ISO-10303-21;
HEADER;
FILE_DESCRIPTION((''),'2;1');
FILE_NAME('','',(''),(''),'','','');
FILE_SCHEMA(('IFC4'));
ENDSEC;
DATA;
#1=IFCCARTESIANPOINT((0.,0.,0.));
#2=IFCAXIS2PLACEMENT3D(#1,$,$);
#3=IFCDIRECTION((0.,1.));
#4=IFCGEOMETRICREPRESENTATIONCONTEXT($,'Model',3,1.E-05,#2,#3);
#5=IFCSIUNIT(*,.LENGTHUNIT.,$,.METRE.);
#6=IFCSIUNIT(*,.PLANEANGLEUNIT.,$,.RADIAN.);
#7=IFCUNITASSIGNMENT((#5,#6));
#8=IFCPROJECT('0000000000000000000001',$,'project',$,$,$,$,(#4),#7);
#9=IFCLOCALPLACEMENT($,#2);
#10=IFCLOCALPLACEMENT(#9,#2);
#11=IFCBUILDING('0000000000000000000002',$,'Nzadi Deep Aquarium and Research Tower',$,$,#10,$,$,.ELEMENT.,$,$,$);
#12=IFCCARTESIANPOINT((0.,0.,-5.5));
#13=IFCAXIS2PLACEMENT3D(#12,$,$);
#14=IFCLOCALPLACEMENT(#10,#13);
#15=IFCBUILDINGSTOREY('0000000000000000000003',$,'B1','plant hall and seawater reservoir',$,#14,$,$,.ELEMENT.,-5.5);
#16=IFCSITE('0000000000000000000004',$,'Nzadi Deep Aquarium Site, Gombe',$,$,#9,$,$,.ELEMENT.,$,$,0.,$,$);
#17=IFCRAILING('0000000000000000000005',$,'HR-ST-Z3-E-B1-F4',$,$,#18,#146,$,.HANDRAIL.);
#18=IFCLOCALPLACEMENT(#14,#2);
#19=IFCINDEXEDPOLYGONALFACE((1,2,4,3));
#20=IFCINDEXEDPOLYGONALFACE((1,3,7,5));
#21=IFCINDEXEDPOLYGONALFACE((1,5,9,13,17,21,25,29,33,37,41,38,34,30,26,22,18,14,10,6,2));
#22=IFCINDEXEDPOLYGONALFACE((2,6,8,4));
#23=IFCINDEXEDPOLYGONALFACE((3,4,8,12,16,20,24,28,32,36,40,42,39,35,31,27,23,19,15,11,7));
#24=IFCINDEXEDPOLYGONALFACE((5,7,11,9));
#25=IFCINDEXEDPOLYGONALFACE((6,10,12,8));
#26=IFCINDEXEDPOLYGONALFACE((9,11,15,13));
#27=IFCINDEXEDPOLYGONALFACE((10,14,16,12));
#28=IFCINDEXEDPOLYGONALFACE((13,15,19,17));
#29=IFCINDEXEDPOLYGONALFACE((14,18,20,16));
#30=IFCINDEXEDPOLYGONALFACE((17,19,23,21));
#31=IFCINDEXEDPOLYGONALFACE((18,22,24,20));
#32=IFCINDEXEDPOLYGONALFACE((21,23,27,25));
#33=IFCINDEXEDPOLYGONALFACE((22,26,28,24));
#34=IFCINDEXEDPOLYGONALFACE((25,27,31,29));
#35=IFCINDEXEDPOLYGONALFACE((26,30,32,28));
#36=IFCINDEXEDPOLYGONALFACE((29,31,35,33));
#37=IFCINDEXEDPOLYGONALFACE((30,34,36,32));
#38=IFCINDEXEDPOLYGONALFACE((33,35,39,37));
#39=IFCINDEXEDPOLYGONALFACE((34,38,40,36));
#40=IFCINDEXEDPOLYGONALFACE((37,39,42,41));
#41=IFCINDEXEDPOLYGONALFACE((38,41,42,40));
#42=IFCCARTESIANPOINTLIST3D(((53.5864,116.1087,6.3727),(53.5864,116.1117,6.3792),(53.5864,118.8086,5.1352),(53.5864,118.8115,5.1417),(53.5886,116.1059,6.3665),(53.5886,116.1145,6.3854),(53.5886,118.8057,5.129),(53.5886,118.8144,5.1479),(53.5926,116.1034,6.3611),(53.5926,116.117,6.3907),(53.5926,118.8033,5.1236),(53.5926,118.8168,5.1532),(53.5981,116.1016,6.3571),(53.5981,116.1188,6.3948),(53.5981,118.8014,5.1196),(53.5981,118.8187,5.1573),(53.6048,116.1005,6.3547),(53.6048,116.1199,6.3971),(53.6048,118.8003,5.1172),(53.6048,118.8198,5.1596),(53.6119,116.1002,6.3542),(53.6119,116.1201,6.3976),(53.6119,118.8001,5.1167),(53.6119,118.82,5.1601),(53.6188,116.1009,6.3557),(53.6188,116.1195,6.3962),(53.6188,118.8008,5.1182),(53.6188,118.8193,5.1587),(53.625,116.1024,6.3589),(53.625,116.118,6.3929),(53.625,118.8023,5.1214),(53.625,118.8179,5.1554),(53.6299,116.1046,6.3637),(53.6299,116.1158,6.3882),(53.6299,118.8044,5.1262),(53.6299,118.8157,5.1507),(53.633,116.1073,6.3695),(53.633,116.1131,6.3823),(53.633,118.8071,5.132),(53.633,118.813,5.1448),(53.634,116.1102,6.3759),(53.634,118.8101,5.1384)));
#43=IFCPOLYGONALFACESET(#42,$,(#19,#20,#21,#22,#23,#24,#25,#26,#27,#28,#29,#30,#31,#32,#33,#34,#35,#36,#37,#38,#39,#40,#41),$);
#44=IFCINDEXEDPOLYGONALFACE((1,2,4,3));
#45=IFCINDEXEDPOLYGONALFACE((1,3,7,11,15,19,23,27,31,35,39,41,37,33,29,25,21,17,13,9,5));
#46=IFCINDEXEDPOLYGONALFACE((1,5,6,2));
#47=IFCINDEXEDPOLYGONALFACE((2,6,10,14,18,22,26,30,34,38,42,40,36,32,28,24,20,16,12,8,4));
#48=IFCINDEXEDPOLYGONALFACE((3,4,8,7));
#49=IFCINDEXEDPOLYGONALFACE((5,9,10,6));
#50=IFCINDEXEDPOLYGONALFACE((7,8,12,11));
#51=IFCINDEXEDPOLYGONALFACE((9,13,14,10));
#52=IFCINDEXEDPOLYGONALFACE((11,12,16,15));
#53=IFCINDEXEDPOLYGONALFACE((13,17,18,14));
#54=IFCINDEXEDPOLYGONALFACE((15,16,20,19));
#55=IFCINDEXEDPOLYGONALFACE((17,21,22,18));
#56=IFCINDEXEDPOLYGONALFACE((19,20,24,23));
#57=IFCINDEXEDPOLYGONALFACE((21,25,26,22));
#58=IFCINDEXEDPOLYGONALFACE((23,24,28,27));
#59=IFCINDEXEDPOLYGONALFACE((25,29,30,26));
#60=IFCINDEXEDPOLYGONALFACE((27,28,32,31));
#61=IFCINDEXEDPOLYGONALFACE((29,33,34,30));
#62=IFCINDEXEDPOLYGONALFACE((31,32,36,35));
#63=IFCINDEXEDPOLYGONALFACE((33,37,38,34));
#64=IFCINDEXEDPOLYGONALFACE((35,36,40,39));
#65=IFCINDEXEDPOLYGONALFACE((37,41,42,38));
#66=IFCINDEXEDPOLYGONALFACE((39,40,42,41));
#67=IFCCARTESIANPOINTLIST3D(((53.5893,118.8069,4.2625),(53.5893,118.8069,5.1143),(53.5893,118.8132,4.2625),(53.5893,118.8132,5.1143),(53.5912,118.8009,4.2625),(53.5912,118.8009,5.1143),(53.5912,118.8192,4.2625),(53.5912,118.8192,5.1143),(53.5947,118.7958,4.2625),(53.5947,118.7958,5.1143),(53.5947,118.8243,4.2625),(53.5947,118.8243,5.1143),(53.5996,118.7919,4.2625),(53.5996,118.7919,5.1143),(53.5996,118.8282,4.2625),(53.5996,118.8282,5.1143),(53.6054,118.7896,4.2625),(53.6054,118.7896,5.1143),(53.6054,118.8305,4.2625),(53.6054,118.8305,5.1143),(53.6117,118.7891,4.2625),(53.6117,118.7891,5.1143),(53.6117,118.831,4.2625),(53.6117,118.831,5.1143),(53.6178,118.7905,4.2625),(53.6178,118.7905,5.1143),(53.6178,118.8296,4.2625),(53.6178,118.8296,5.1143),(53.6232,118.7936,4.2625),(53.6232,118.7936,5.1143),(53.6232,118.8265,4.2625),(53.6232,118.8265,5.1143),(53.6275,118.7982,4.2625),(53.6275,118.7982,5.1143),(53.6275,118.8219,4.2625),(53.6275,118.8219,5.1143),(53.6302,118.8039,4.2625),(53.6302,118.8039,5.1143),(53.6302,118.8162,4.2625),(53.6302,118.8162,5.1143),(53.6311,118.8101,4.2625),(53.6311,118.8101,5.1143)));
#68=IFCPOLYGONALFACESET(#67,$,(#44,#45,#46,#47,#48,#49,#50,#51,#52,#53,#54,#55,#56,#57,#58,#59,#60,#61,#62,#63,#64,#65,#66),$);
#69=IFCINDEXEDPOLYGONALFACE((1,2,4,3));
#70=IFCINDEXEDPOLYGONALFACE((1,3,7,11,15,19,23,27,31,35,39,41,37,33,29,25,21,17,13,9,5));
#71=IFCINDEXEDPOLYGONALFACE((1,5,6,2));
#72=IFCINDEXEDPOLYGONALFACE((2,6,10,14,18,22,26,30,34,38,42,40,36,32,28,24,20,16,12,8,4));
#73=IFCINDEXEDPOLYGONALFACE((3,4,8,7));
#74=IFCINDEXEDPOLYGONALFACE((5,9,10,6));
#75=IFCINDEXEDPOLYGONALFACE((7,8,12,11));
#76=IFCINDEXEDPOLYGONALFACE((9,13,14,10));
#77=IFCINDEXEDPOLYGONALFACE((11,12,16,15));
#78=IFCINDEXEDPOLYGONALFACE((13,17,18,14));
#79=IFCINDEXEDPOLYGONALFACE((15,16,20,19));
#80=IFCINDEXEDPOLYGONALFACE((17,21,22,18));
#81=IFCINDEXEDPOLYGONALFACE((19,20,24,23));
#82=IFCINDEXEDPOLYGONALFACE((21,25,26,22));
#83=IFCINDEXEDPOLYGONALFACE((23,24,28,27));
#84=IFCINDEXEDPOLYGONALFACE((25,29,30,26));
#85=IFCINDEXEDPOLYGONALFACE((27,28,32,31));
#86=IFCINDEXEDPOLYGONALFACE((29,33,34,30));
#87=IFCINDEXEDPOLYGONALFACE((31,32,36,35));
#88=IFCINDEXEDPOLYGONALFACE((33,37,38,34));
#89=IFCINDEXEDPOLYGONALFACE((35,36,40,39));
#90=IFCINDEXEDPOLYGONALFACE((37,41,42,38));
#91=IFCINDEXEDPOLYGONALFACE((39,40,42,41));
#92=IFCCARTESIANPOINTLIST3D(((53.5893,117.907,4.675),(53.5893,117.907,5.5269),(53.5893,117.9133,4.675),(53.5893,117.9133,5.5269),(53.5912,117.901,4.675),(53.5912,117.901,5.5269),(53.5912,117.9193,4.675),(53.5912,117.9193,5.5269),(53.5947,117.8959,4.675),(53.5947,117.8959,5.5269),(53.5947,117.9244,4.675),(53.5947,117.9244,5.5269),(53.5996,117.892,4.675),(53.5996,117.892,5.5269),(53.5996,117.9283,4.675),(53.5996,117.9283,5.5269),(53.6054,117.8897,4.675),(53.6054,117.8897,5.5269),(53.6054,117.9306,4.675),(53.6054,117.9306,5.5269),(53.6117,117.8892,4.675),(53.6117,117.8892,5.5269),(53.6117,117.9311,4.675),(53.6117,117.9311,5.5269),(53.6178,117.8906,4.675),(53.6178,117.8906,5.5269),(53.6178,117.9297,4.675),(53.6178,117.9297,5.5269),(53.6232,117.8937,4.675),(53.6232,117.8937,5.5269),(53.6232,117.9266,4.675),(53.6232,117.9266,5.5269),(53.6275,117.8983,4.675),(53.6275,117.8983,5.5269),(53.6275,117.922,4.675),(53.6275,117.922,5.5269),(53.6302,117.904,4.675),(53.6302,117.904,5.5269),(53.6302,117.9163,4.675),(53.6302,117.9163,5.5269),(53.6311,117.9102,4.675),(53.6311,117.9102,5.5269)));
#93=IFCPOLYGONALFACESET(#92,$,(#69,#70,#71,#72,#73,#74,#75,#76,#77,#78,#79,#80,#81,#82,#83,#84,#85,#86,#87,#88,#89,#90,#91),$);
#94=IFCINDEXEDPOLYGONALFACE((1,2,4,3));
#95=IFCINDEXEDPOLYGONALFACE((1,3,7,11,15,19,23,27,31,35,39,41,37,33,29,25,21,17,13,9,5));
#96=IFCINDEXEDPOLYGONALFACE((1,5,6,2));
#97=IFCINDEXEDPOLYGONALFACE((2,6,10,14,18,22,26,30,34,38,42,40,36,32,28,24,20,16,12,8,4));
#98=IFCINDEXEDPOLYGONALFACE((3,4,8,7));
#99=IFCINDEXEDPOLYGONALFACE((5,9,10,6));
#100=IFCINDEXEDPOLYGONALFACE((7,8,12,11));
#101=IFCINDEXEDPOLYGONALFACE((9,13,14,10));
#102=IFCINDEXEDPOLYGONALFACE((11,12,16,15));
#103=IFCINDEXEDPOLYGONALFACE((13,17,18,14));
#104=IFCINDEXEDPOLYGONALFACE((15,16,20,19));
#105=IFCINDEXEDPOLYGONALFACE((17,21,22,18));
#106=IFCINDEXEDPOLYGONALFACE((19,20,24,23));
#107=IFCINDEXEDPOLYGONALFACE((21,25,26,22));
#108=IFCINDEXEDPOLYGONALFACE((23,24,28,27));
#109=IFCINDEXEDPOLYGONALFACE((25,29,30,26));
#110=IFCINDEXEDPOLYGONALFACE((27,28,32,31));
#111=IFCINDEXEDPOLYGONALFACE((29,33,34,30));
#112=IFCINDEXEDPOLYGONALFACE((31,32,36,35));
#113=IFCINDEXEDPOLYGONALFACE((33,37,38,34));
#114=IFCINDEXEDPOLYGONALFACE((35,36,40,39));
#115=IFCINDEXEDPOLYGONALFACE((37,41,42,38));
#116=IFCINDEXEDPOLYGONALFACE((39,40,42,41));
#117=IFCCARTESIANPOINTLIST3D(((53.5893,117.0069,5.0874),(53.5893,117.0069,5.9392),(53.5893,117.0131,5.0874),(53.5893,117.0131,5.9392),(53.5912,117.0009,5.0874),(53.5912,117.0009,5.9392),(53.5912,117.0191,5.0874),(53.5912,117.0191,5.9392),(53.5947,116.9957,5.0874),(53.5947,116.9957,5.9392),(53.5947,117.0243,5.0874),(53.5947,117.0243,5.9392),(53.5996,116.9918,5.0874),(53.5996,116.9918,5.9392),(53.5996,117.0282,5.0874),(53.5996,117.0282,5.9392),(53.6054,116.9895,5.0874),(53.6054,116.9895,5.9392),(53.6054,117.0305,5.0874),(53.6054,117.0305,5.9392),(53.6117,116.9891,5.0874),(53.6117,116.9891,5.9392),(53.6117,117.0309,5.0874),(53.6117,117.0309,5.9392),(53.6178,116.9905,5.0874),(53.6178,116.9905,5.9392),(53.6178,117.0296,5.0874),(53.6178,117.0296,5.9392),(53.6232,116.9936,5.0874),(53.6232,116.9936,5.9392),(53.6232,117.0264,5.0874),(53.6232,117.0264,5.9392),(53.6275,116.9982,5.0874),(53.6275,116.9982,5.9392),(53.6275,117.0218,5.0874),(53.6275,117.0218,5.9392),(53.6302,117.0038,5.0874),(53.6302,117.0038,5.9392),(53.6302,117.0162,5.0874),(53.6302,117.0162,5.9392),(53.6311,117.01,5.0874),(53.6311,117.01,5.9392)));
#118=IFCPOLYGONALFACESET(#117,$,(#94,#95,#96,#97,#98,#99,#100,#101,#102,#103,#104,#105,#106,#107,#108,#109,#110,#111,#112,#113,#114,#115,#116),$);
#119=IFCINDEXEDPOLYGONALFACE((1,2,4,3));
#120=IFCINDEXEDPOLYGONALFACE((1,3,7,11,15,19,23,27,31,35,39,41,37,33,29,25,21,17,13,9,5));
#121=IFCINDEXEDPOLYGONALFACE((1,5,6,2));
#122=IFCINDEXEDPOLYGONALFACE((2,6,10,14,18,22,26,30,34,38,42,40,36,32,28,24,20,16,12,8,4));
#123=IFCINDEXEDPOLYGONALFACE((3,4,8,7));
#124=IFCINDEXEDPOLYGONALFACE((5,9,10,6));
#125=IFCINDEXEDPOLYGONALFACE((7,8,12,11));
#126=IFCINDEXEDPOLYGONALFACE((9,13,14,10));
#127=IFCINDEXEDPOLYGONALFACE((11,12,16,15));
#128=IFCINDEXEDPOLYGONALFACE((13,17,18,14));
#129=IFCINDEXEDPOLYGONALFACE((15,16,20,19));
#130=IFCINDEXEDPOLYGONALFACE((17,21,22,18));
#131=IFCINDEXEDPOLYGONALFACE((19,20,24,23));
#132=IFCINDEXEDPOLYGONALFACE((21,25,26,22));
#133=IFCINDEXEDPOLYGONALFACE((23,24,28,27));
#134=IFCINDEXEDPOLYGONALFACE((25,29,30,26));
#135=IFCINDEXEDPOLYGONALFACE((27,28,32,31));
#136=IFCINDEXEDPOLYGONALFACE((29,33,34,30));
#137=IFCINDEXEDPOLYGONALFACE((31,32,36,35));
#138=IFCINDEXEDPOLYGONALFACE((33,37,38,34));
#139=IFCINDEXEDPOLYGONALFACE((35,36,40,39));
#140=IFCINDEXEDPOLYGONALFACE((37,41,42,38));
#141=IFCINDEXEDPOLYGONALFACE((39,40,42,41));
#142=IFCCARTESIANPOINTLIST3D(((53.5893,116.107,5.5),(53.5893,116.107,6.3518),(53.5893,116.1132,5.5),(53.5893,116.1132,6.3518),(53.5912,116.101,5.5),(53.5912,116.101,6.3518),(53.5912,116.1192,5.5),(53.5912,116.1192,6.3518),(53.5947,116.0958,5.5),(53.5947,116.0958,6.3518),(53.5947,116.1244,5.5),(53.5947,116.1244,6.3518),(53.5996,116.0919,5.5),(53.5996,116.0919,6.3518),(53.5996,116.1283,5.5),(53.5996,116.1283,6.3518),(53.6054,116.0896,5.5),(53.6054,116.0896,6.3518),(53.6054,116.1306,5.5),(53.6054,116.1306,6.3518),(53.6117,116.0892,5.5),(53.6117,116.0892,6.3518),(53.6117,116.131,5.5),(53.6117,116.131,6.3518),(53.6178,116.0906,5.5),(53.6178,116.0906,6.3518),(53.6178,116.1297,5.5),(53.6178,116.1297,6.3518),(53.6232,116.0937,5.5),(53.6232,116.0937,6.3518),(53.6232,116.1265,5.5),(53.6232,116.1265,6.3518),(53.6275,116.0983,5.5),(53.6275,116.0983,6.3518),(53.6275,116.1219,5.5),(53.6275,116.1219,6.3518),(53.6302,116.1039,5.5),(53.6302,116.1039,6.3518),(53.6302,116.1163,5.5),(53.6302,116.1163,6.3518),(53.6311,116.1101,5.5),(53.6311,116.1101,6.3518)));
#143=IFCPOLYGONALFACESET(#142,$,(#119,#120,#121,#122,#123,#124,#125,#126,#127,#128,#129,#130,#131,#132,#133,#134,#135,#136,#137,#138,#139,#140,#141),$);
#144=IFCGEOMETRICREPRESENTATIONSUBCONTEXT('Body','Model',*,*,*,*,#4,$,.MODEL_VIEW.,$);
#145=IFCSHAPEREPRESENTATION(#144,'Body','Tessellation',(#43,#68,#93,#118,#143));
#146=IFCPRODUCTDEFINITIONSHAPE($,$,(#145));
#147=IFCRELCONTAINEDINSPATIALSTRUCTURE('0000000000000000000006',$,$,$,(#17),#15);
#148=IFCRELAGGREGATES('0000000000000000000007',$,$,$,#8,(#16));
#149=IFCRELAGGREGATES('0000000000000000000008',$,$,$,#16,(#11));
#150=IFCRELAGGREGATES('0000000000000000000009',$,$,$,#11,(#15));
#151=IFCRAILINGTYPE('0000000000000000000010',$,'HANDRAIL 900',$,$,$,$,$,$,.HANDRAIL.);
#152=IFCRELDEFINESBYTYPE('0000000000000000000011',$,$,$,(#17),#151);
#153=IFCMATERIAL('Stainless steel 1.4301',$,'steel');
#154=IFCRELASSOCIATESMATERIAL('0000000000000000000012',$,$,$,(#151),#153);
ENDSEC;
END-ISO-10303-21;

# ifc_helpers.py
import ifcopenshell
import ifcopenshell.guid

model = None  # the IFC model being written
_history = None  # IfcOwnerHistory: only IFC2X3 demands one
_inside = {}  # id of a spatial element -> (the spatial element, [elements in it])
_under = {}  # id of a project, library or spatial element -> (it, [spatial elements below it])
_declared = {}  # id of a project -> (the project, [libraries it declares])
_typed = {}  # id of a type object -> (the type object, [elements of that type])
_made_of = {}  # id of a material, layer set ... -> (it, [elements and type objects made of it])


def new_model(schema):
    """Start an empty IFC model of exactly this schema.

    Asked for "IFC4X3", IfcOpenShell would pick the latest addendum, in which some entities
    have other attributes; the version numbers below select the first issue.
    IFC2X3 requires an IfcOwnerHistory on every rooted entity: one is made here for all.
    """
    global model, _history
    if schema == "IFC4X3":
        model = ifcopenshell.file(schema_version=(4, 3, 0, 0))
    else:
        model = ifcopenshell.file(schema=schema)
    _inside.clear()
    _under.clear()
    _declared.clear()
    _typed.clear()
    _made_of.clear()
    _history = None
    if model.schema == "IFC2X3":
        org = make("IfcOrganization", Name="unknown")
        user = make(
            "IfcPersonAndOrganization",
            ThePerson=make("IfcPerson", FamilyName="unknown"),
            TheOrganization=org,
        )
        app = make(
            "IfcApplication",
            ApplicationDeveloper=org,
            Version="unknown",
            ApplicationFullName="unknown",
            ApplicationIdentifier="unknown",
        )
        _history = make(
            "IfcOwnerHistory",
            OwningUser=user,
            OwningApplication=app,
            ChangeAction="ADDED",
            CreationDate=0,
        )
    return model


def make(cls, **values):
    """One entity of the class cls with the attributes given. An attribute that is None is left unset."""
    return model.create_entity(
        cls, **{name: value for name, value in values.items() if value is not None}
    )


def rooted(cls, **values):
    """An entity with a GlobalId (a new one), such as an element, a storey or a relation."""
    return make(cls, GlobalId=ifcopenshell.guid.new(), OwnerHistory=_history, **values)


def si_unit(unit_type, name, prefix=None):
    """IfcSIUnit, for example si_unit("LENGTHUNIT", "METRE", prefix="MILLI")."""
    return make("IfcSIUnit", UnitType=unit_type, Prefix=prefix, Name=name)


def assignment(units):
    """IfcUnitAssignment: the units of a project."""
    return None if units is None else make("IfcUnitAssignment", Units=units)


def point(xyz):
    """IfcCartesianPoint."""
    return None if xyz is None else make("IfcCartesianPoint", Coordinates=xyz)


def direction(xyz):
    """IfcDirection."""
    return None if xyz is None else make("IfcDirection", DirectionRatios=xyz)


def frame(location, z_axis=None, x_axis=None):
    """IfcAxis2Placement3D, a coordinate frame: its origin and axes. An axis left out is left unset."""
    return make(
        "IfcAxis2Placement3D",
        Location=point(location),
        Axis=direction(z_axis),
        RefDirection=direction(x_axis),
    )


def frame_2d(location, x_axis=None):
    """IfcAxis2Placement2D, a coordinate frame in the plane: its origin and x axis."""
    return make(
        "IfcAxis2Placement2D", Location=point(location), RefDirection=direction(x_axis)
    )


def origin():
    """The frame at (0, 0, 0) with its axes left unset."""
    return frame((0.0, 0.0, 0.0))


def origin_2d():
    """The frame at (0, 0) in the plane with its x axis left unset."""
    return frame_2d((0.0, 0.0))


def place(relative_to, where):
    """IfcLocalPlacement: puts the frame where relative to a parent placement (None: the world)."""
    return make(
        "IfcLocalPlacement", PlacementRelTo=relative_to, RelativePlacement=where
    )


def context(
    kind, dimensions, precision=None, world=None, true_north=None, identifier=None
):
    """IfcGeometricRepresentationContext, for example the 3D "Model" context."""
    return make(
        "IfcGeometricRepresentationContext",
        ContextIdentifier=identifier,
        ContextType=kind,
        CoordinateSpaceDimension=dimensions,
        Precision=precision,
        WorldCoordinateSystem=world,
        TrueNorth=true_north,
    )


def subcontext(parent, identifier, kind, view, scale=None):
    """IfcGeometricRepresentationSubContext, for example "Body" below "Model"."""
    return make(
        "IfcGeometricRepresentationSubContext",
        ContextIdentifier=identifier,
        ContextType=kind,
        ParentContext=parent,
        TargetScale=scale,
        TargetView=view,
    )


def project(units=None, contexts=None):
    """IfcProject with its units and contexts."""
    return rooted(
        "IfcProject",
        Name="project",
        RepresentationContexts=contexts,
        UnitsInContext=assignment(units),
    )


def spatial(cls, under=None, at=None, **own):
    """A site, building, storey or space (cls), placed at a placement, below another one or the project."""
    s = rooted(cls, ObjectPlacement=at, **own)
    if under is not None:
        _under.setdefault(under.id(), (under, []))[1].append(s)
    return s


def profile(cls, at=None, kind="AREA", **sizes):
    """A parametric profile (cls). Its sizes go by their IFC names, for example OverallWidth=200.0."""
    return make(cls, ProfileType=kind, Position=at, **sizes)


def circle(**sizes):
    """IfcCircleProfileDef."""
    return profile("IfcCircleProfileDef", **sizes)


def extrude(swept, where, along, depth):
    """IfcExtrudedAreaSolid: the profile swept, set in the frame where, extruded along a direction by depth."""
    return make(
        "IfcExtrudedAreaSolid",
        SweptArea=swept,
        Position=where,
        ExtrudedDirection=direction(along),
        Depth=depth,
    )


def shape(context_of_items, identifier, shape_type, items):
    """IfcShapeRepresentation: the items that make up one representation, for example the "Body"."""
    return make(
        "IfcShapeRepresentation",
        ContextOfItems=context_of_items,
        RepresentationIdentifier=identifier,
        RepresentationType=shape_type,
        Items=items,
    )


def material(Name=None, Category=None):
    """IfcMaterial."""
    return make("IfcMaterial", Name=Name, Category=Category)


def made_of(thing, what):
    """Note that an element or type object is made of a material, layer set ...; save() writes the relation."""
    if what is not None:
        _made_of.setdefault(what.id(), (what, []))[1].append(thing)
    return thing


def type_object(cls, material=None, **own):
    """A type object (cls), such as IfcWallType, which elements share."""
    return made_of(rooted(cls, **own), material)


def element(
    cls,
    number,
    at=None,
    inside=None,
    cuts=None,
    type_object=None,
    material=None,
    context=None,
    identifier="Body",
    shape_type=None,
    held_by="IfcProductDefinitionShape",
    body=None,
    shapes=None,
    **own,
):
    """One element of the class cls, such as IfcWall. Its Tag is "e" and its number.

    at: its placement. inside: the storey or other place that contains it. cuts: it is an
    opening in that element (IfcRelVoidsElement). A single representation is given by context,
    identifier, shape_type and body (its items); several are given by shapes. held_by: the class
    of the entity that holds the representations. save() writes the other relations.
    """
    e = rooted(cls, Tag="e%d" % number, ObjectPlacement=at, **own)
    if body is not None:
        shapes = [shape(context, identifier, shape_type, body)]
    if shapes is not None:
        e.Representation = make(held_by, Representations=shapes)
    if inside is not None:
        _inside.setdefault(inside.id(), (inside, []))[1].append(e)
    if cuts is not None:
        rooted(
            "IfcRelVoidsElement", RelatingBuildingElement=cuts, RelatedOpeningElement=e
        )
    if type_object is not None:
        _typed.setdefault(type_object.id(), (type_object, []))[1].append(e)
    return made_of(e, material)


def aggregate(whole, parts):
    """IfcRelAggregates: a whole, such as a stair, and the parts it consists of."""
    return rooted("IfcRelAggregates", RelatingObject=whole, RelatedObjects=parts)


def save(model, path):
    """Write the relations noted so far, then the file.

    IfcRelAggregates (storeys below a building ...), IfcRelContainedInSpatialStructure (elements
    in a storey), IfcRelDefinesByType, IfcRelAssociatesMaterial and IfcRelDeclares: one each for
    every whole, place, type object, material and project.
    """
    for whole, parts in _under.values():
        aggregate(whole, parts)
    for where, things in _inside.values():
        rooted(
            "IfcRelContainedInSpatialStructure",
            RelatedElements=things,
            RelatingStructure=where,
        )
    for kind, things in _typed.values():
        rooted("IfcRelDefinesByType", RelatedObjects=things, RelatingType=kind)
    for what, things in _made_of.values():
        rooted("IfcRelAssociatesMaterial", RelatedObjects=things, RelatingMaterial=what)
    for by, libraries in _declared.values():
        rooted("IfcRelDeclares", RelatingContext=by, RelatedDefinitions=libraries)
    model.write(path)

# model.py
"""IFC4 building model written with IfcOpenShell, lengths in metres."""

from ifc_helpers import new_model, si_unit, direction, frame, origin, origin_2d, place, context, subcontext, project, spatial, circle, extrude, material, type_object, element, save


model = new_model("IFC4")

# Units and contexts
model_context = context("Model", 3, precision=1e-05, world=origin(), true_north=direction((0.0, 1.0)))
body_context = subcontext(model_context, "Body", "Model", "MODEL_VIEW")
ifc_project = project(units=[si_unit("LENGTHUNIT", "METRE"), si_unit("PLANEANGLEUNIT", "RADIAN")], contexts=[model_context])

# Site, building, storey
site_placement = place(None, origin())
site = spatial("IfcSite", under=ifc_project, at=site_placement, Name="Nzadi Deep Aquarium Site, Gombe", CompositionType="ELEMENT", RefElevation=0.0)
building_placement = place(site_placement, origin())
building = spatial("IfcBuilding", under=site, at=building_placement, Name="Nzadi Deep Aquarium and Research Tower", CompositionType="ELEMENT")
storey_placement = place(building_placement, frame((0.0, 0.0, -5.5)))
storey = spatial("IfcBuildingStorey", under=building, at=storey_placement, Name="B1", Description="plant hall and seawater reservoir", CompositionType="ELEMENT", Elevation=-5.5)

# Railing
ifc_material_1 = material(Name="Stainless steel 1.4301", Category="steel")
railing_type = type_object("IfcRailingType", Name="HANDRAIL 900", PredefinedType="HANDRAIL", material=ifc_material_1)
for number, where, name in (
    (1, (53.6101, 118.8101, 4.2625), "HR-ST-Z3-E-B1-F4"),
):
    element("IfcRailing", number, at=place(storey_placement, frame(where)), inside=storey, type_object=railing_type, Name=name, PredefinedType="HANDRAIL", context=body_context, shape_type="SweptSolid", body=[
        extrude(circle(Radius=0.0239, at=origin_2d()), frame((0.0, 0.0, 0.876), z_axis=(0.0, -0.909056, 0.416675), x_axis=(1.0, 0.0, 0.0)), (0.0, 0.0, 1.0), 2.97),
        extrude(circle(Radius=0.021, at=origin_2d()), origin(), (0.0, 0.0, 1.0), 0.8518),
        extrude(circle(Radius=0.021, at=origin_2d()), frame((0.0, -0.8999, 0.4126)), (0.0, 0.0, 1.0), 0.8518),
        extrude(circle(Radius=0.021, at=origin_2d()), frame((0.0, -1.8, 0.825)), (0.0, 0.0, 1.0), 0.8518),
        extrude(circle(Radius=0.021, at=origin_2d()), frame((0.0, -2.7, 1.2375)), (0.0, 0.0, 1.0), 0.8518),
    ])

save(model, "model.ifc")
